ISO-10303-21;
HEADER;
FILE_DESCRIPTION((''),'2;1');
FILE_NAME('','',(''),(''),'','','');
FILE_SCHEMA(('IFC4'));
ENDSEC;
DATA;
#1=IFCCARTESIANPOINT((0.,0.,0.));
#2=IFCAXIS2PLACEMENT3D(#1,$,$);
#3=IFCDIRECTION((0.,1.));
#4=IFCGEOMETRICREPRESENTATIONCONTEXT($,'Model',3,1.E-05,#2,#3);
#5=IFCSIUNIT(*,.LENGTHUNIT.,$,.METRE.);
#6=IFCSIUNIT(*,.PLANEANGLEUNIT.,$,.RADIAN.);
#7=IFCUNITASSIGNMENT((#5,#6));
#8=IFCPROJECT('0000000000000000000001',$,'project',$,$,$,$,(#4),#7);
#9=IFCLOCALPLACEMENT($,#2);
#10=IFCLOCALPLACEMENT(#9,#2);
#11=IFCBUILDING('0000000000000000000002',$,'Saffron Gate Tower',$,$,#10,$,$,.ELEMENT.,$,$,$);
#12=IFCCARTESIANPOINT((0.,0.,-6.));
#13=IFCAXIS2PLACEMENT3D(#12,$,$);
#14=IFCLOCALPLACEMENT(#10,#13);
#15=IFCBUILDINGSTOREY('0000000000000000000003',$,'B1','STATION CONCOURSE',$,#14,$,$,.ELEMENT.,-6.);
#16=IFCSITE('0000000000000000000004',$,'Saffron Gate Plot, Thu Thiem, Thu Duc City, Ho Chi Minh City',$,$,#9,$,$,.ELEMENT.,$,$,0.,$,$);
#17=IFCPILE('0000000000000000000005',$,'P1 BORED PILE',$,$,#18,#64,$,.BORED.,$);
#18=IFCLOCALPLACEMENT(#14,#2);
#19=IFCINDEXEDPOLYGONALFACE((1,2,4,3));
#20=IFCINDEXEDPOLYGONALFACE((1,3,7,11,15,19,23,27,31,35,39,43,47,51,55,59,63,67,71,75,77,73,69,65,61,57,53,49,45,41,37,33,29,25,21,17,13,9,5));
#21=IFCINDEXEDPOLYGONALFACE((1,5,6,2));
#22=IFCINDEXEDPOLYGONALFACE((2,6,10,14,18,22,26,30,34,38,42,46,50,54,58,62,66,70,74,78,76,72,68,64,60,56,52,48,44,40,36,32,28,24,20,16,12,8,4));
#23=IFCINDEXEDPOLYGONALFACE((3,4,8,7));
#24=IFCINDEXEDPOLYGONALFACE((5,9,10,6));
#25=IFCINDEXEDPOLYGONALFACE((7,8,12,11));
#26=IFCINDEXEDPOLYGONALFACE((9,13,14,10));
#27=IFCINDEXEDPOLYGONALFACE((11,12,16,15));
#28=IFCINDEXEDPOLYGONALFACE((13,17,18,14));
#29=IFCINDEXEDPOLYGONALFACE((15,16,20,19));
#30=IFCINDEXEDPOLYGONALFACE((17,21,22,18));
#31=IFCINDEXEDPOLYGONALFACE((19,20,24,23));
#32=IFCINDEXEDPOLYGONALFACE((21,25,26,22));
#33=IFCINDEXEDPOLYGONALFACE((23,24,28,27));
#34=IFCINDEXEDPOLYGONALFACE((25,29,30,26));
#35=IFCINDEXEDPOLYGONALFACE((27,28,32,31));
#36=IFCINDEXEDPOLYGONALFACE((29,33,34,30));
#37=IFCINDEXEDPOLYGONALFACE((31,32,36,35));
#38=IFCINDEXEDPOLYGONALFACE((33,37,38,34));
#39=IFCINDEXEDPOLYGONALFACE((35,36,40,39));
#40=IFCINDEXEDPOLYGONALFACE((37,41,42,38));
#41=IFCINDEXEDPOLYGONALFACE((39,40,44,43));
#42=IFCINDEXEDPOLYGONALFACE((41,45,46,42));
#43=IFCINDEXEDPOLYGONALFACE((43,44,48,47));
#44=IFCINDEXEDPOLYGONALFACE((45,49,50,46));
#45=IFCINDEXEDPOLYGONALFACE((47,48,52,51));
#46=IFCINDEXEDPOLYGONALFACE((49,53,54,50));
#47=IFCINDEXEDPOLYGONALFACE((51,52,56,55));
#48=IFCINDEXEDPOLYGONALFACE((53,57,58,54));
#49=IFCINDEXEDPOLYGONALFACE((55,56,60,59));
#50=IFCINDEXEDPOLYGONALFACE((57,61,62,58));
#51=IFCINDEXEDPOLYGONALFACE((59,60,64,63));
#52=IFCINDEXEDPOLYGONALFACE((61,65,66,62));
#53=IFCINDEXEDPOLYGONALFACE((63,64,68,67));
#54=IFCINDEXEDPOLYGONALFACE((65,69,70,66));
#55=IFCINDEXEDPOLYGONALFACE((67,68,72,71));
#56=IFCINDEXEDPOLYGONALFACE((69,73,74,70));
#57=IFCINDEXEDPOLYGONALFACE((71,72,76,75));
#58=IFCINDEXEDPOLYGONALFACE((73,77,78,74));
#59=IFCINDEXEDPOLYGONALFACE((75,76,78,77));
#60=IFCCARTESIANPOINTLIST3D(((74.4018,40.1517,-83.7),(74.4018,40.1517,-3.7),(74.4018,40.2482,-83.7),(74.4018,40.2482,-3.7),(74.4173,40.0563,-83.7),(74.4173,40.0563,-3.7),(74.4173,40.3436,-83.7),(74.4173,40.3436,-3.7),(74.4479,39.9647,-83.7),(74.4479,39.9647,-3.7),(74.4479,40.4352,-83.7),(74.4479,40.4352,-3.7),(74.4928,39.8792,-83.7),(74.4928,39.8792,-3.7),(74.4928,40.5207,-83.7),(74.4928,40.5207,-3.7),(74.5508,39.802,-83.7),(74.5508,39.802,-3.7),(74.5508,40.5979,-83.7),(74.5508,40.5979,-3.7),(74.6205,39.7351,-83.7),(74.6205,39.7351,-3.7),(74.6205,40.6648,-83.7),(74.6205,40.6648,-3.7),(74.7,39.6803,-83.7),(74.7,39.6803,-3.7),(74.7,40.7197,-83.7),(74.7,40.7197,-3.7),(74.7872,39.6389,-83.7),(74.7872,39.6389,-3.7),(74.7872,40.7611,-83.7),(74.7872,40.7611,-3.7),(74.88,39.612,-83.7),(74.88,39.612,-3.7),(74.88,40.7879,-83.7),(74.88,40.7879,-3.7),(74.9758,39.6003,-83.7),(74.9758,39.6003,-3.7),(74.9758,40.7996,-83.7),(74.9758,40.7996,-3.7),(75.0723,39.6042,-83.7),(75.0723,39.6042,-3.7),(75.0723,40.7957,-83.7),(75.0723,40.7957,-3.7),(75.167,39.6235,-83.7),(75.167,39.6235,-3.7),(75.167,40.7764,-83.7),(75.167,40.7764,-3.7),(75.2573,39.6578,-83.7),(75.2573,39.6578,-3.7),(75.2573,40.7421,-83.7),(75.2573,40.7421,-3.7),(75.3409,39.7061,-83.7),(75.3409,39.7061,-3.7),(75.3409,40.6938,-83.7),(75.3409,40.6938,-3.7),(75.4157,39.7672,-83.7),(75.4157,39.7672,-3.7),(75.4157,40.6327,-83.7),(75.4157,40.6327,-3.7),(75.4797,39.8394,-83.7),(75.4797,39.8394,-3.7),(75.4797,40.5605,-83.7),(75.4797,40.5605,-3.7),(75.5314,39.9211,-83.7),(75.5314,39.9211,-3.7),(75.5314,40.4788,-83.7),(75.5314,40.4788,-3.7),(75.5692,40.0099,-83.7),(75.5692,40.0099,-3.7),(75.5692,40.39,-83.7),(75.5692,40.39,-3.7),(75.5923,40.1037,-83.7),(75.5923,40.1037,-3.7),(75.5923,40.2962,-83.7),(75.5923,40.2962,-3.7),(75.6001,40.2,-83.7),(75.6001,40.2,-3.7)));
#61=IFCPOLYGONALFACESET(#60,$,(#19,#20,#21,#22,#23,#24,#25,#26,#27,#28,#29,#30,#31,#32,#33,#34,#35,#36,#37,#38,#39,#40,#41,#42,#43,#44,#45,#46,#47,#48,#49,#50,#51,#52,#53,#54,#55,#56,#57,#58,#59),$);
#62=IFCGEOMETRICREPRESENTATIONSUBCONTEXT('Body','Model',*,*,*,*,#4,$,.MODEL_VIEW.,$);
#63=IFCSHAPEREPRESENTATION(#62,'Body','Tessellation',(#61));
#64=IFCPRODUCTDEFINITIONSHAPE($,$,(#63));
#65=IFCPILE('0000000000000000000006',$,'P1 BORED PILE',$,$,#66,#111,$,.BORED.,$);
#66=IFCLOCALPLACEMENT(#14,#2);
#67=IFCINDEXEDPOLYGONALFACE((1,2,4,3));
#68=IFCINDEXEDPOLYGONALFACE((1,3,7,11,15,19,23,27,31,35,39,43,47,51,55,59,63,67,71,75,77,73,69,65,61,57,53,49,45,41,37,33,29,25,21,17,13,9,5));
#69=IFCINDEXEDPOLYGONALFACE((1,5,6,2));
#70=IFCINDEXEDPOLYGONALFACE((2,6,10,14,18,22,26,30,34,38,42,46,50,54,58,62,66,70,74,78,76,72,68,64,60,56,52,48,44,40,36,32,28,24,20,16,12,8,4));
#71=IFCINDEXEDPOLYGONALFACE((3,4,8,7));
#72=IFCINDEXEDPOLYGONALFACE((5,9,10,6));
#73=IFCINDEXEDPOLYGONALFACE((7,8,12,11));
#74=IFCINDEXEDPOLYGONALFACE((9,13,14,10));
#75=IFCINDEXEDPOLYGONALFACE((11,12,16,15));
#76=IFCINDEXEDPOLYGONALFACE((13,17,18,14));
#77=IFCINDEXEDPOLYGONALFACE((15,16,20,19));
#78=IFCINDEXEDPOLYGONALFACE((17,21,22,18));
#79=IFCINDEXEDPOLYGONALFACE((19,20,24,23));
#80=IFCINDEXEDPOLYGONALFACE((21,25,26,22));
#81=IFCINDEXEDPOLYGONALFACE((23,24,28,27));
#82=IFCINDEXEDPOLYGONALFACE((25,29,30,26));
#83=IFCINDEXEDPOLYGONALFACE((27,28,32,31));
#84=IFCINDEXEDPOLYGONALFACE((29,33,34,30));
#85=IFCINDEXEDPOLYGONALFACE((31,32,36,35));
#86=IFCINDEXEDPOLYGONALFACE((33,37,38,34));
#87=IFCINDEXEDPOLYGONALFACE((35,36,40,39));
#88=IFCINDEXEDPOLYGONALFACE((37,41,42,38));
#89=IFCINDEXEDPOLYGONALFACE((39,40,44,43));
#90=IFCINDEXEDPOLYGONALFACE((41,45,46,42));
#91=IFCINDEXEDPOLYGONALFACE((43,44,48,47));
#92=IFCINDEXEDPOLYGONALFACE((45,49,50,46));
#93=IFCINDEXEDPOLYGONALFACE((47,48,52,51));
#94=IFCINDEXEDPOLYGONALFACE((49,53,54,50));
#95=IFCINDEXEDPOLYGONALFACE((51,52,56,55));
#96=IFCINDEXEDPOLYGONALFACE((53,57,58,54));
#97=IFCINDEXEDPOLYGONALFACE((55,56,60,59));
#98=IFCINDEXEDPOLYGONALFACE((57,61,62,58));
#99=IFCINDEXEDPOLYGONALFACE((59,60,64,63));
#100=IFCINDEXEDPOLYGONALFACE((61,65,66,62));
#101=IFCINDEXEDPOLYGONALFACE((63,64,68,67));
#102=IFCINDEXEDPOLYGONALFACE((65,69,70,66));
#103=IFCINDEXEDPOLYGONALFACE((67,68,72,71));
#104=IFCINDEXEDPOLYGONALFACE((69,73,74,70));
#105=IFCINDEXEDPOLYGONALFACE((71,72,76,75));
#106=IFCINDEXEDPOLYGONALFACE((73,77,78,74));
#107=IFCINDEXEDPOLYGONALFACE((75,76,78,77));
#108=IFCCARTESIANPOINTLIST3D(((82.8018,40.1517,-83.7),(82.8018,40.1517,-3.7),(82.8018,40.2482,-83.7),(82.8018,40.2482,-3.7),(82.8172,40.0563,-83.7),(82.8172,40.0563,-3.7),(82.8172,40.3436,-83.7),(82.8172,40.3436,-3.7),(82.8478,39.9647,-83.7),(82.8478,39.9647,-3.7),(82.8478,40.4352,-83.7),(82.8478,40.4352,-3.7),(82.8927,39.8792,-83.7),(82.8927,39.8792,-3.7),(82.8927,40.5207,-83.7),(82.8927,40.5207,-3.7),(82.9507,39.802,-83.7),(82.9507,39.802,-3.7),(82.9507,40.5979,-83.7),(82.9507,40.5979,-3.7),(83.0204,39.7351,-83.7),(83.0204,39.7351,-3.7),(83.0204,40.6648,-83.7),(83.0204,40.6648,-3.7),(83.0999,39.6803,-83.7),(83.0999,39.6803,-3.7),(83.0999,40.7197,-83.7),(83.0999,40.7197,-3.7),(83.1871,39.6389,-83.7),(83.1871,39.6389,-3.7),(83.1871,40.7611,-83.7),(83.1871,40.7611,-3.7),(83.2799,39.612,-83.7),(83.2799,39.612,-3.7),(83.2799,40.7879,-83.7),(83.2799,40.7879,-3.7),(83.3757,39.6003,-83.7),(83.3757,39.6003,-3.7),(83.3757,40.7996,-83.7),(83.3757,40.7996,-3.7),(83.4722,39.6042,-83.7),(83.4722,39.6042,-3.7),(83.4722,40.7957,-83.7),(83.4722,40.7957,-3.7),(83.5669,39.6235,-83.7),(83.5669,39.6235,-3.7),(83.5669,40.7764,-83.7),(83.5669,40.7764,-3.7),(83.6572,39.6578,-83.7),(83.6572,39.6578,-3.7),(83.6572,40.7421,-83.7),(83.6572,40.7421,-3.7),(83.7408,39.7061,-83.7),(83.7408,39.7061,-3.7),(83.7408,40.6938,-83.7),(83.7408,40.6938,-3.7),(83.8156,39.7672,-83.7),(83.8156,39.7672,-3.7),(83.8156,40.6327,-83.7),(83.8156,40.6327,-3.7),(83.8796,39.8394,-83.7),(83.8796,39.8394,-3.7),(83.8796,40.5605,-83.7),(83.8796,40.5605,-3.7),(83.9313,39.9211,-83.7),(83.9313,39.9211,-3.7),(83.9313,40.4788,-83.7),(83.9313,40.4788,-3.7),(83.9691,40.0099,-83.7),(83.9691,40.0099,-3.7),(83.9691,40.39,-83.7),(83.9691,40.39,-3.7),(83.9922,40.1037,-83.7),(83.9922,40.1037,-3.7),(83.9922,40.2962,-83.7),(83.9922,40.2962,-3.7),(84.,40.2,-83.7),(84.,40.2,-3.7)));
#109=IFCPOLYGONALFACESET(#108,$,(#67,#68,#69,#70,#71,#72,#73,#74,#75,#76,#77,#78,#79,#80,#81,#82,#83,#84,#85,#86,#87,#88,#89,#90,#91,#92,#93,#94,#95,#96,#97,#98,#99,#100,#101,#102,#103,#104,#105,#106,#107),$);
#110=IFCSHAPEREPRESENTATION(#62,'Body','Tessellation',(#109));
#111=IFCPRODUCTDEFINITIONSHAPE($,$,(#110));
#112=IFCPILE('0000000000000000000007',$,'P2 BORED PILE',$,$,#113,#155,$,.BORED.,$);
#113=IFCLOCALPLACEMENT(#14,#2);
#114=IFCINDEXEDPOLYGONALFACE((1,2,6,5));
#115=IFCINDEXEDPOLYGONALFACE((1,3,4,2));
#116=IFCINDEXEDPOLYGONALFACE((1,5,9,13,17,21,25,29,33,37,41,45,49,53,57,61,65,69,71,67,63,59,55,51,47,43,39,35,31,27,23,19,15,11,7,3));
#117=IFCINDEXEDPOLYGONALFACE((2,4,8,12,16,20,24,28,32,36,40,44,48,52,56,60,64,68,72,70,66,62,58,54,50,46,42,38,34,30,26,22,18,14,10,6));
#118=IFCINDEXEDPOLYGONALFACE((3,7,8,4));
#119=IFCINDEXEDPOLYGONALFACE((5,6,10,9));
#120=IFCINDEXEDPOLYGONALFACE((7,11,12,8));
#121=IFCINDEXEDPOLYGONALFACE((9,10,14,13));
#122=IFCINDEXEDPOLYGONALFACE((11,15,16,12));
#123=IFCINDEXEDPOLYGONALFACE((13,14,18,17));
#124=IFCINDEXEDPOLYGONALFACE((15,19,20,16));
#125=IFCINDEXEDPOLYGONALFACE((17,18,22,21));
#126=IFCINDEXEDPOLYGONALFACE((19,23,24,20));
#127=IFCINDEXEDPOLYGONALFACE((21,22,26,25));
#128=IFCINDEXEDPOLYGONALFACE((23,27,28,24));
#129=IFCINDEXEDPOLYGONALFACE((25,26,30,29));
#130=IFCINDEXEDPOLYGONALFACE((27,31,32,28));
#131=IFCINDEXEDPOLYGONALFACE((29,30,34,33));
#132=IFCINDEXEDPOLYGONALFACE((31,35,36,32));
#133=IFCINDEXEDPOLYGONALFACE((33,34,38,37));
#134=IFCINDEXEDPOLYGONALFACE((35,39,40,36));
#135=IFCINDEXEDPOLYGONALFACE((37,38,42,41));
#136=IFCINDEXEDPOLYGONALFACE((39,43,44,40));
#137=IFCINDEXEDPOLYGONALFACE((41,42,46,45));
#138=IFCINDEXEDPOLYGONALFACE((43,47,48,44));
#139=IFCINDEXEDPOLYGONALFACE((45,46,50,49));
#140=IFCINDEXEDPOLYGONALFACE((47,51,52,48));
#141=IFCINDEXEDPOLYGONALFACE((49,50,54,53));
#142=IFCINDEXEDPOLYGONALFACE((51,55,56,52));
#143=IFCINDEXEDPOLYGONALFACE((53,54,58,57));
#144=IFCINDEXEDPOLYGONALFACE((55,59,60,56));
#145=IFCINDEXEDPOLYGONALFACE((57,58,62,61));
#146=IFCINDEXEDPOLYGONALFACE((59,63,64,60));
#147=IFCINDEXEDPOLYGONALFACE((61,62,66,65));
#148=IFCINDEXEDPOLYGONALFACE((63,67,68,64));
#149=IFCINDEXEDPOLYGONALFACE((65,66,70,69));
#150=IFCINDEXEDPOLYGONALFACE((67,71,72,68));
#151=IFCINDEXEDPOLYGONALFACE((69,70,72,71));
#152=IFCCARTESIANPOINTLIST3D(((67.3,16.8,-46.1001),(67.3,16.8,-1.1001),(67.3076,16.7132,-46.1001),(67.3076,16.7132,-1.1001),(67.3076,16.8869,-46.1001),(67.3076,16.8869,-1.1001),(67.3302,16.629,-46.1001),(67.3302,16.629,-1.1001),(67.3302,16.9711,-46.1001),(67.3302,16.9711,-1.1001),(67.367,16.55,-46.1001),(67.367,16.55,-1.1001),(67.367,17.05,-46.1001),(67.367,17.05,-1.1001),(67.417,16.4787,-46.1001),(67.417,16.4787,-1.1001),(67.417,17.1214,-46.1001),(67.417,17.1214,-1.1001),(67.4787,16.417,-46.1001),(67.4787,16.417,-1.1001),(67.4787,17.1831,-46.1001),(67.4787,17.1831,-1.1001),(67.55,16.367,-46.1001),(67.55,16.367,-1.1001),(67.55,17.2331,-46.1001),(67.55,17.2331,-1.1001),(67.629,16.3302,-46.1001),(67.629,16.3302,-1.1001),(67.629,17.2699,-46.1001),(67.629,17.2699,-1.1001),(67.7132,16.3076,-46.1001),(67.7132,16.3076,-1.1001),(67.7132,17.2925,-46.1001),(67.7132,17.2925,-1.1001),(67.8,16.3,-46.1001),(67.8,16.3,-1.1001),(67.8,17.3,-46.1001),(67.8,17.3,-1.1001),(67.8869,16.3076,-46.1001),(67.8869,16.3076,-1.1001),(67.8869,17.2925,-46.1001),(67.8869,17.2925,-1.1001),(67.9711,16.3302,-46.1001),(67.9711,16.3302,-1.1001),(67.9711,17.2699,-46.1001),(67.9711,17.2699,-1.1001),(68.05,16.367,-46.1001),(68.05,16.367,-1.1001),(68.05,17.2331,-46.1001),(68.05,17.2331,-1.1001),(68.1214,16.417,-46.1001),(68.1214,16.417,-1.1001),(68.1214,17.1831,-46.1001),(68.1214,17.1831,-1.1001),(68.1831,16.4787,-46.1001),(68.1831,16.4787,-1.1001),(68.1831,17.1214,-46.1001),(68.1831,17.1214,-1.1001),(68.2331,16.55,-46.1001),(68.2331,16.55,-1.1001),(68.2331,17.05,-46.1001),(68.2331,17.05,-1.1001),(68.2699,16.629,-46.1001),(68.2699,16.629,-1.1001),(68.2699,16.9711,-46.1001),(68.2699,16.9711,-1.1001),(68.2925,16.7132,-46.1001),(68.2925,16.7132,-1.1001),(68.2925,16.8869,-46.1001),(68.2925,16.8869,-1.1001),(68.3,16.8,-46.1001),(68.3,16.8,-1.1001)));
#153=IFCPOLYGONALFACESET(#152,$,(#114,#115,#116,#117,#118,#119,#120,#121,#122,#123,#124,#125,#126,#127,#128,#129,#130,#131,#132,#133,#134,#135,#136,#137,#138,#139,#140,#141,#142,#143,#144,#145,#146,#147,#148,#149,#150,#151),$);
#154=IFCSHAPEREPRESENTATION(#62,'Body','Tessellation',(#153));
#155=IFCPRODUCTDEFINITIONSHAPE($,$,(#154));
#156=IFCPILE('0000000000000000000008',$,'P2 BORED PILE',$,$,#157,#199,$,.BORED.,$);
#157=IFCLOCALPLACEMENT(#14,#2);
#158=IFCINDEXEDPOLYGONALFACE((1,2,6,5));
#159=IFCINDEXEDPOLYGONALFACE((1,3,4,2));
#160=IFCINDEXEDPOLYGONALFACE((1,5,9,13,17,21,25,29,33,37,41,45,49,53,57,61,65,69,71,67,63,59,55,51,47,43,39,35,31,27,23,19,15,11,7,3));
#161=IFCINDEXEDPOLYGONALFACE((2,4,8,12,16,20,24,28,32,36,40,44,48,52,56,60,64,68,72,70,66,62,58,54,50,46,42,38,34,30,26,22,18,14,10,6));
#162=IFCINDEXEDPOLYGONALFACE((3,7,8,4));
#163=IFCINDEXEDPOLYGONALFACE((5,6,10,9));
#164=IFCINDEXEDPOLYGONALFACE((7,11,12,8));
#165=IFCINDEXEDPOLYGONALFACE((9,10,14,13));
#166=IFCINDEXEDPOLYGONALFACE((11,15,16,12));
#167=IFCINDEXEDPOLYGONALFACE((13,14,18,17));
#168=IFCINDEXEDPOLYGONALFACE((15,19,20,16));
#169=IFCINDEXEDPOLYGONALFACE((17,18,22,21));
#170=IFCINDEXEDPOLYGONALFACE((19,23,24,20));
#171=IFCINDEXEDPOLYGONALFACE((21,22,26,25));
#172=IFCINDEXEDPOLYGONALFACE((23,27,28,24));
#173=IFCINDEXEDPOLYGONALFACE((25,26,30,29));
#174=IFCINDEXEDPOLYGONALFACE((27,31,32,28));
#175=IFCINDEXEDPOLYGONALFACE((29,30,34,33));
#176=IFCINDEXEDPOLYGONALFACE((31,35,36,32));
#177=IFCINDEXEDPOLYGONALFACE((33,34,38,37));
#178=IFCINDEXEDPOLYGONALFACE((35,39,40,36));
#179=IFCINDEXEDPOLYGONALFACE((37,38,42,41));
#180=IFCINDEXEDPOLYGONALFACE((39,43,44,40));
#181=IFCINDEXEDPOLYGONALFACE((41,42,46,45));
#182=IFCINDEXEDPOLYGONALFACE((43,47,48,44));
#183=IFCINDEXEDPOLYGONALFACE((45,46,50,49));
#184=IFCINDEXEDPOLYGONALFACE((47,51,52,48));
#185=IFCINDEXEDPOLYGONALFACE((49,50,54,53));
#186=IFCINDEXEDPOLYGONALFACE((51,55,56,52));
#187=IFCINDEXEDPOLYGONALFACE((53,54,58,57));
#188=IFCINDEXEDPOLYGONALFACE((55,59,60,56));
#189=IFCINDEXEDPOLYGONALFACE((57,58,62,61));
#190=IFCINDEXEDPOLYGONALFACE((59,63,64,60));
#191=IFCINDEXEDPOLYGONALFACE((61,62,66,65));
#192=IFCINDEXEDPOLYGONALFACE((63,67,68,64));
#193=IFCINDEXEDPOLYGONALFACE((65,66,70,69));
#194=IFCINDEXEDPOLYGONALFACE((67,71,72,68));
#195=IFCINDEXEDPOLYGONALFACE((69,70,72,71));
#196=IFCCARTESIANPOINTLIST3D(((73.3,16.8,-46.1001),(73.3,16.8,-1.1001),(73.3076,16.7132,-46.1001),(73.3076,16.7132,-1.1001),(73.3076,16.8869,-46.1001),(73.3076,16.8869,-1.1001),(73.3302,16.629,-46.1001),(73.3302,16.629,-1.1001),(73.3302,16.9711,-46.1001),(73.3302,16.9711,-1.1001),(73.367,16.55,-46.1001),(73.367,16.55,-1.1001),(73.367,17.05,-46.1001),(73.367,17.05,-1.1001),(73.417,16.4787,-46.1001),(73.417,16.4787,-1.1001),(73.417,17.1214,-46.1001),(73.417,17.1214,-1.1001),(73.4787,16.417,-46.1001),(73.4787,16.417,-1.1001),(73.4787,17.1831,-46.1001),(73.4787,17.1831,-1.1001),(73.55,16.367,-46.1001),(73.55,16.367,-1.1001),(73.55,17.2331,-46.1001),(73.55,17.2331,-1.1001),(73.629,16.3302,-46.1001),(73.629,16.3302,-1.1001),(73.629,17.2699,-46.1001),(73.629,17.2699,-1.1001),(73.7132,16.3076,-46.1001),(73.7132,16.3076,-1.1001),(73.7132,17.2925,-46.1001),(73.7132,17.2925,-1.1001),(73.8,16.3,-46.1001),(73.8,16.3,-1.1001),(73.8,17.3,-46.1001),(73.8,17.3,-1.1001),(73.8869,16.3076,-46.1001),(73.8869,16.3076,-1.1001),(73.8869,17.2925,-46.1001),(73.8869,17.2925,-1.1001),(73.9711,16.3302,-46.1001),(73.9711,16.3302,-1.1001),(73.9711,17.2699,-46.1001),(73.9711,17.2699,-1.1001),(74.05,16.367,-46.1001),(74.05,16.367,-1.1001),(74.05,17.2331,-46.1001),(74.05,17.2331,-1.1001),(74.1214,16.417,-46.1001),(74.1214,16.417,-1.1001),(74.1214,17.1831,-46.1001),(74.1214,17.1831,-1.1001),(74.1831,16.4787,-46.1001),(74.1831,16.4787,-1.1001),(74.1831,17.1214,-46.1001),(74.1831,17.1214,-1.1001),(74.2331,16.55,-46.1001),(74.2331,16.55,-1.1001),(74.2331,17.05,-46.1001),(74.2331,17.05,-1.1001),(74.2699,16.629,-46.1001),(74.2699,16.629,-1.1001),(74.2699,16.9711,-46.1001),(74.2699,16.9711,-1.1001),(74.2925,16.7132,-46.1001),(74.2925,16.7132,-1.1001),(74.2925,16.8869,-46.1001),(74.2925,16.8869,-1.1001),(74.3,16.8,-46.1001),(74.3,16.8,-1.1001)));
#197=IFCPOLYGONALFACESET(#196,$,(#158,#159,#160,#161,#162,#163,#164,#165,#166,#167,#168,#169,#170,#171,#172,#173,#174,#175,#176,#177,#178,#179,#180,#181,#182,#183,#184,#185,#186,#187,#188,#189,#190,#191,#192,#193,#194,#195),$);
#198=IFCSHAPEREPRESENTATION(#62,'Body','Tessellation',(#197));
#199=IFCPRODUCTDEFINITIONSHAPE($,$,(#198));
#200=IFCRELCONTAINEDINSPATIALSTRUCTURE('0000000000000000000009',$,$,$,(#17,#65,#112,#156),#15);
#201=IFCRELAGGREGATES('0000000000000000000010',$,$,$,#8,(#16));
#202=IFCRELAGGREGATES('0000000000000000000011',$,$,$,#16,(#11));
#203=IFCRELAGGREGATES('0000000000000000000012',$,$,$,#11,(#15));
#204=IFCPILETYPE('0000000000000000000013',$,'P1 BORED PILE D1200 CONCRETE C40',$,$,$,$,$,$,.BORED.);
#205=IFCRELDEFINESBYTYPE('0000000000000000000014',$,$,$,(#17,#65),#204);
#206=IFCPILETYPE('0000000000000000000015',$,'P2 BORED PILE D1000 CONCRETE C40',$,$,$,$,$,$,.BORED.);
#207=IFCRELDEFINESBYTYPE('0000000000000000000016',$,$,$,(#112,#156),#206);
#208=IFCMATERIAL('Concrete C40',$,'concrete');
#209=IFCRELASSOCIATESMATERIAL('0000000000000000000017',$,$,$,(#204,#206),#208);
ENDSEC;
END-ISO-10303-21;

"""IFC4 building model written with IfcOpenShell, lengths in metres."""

from ifc_helpers import new_model, si_unit, direction, frame, origin, origin_2d, place, context, subcontext, project, spatial, circle, extrude, material, material_profile, profile_set, type_object, element, save


model = new_model("IFC4")

# Units and contexts
model_context = context("Model", 3, precision=1e-05, world=origin(), true_north=direction((0.0, 1.0)))
body_context = subcontext(model_context, "Body", "Model", "MODEL_VIEW")
ifc_project = project(units=[si_unit("LENGTHUNIT", "METRE"), si_unit("PLANEANGLEUNIT", "RADIAN")], contexts=[model_context])

# Site, building, storey
site_placement = place(None, origin())
site = spatial("IfcSite", under=ifc_project, at=site_placement, Name="Saffron Gate Plot, Thu Thiem, Thu Duc City, Ho Chi Minh City", CompositionType="ELEMENT", RefElevation=0.0)
building_placement = place(site_placement, origin())
building = spatial("IfcBuilding", under=site, at=building_placement, Name="Saffron Gate Tower", CompositionType="ELEMENT")
storey_placement = place(building_placement, frame((0.0, 0.0, -6.0)))
storey = spatial("IfcBuildingStorey", under=building, at=storey_placement, Name="B1", Description="STATION CONCOURSE", CompositionType="ELEMENT", Elevation=-6.0)

# Piles
ifc_material_1 = material(Name="Concrete C40", Category="concrete")
ifc_material_profile_1 = material_profile(ifc_material_1, circle(Radius=0.6001, at=origin_2d()))
ifc_profile_set_1 = profile_set([ifc_material_profile_1], Name="Concrete C40")
pile_type_1 = type_object("IfcPileType", Name="P1 BORED PILE D1200 CONCRETE C40", PredefinedType="BORED", material=ifc_profile_set_1)
for number, where, z_axis, x_axis, name in (
    (1, (75.0, 40.2, -3.7), (0.0, 0.0, -1.0), (1.0, 0.0, 0.0), "P1 BORED PILE"),
    (2, (83.3999, 40.2, -3.7), (0.0, 0.0, -1.0), (1.0, 0.0, 0.0), "P1 BORED PILE"),
):
    element("IfcPile", number, at=place(storey_placement, frame(where, z_axis=z_axis, x_axis=x_axis)), inside=storey, type_object=pile_type_1, Name=name, PredefinedType="BORED", context=body_context, shape_type="SweptSolid", body=[
        extrude(circle(Radius=0.6001, at=origin_2d()), origin(), (0.0, 0.0, 1.0), 80.0),
    ])
ifc_material_profile_2 = material_profile(ifc_material_1, circle(Radius=0.5, at=origin_2d()))
ifc_profile_set_2 = profile_set([ifc_material_profile_2], Name="Concrete C40")
pile_type_2 = type_object("IfcPileType", Name="P2 BORED PILE D1000 CONCRETE C40", PredefinedType="BORED", material=ifc_profile_set_2)
for number, where, z_axis, x_axis, name in (
    (3, (67.8, 16.8, -1.1001), (0.0, 0.0, -1.0), (1.0, 0.0, 0.0), "P2 BORED PILE"),
    (4, (73.8, 16.8, -1.1001), (0.0, 0.0, -1.0), (1.0, 0.0, 0.0), "P2 BORED PILE"),
):
    element("IfcPile", number, at=place(storey_placement, frame(where, z_axis=z_axis, x_axis=x_axis)), inside=storey, type_object=pile_type_2, Name=name, PredefinedType="BORED", context=body_context, shape_type="SweptSolid", body=[
        extrude(circle(Radius=0.5, at=origin_2d()), origin(), (0.0, 0.0, 1.0), 45.0),
    ])

save(model, "model.ifc")
